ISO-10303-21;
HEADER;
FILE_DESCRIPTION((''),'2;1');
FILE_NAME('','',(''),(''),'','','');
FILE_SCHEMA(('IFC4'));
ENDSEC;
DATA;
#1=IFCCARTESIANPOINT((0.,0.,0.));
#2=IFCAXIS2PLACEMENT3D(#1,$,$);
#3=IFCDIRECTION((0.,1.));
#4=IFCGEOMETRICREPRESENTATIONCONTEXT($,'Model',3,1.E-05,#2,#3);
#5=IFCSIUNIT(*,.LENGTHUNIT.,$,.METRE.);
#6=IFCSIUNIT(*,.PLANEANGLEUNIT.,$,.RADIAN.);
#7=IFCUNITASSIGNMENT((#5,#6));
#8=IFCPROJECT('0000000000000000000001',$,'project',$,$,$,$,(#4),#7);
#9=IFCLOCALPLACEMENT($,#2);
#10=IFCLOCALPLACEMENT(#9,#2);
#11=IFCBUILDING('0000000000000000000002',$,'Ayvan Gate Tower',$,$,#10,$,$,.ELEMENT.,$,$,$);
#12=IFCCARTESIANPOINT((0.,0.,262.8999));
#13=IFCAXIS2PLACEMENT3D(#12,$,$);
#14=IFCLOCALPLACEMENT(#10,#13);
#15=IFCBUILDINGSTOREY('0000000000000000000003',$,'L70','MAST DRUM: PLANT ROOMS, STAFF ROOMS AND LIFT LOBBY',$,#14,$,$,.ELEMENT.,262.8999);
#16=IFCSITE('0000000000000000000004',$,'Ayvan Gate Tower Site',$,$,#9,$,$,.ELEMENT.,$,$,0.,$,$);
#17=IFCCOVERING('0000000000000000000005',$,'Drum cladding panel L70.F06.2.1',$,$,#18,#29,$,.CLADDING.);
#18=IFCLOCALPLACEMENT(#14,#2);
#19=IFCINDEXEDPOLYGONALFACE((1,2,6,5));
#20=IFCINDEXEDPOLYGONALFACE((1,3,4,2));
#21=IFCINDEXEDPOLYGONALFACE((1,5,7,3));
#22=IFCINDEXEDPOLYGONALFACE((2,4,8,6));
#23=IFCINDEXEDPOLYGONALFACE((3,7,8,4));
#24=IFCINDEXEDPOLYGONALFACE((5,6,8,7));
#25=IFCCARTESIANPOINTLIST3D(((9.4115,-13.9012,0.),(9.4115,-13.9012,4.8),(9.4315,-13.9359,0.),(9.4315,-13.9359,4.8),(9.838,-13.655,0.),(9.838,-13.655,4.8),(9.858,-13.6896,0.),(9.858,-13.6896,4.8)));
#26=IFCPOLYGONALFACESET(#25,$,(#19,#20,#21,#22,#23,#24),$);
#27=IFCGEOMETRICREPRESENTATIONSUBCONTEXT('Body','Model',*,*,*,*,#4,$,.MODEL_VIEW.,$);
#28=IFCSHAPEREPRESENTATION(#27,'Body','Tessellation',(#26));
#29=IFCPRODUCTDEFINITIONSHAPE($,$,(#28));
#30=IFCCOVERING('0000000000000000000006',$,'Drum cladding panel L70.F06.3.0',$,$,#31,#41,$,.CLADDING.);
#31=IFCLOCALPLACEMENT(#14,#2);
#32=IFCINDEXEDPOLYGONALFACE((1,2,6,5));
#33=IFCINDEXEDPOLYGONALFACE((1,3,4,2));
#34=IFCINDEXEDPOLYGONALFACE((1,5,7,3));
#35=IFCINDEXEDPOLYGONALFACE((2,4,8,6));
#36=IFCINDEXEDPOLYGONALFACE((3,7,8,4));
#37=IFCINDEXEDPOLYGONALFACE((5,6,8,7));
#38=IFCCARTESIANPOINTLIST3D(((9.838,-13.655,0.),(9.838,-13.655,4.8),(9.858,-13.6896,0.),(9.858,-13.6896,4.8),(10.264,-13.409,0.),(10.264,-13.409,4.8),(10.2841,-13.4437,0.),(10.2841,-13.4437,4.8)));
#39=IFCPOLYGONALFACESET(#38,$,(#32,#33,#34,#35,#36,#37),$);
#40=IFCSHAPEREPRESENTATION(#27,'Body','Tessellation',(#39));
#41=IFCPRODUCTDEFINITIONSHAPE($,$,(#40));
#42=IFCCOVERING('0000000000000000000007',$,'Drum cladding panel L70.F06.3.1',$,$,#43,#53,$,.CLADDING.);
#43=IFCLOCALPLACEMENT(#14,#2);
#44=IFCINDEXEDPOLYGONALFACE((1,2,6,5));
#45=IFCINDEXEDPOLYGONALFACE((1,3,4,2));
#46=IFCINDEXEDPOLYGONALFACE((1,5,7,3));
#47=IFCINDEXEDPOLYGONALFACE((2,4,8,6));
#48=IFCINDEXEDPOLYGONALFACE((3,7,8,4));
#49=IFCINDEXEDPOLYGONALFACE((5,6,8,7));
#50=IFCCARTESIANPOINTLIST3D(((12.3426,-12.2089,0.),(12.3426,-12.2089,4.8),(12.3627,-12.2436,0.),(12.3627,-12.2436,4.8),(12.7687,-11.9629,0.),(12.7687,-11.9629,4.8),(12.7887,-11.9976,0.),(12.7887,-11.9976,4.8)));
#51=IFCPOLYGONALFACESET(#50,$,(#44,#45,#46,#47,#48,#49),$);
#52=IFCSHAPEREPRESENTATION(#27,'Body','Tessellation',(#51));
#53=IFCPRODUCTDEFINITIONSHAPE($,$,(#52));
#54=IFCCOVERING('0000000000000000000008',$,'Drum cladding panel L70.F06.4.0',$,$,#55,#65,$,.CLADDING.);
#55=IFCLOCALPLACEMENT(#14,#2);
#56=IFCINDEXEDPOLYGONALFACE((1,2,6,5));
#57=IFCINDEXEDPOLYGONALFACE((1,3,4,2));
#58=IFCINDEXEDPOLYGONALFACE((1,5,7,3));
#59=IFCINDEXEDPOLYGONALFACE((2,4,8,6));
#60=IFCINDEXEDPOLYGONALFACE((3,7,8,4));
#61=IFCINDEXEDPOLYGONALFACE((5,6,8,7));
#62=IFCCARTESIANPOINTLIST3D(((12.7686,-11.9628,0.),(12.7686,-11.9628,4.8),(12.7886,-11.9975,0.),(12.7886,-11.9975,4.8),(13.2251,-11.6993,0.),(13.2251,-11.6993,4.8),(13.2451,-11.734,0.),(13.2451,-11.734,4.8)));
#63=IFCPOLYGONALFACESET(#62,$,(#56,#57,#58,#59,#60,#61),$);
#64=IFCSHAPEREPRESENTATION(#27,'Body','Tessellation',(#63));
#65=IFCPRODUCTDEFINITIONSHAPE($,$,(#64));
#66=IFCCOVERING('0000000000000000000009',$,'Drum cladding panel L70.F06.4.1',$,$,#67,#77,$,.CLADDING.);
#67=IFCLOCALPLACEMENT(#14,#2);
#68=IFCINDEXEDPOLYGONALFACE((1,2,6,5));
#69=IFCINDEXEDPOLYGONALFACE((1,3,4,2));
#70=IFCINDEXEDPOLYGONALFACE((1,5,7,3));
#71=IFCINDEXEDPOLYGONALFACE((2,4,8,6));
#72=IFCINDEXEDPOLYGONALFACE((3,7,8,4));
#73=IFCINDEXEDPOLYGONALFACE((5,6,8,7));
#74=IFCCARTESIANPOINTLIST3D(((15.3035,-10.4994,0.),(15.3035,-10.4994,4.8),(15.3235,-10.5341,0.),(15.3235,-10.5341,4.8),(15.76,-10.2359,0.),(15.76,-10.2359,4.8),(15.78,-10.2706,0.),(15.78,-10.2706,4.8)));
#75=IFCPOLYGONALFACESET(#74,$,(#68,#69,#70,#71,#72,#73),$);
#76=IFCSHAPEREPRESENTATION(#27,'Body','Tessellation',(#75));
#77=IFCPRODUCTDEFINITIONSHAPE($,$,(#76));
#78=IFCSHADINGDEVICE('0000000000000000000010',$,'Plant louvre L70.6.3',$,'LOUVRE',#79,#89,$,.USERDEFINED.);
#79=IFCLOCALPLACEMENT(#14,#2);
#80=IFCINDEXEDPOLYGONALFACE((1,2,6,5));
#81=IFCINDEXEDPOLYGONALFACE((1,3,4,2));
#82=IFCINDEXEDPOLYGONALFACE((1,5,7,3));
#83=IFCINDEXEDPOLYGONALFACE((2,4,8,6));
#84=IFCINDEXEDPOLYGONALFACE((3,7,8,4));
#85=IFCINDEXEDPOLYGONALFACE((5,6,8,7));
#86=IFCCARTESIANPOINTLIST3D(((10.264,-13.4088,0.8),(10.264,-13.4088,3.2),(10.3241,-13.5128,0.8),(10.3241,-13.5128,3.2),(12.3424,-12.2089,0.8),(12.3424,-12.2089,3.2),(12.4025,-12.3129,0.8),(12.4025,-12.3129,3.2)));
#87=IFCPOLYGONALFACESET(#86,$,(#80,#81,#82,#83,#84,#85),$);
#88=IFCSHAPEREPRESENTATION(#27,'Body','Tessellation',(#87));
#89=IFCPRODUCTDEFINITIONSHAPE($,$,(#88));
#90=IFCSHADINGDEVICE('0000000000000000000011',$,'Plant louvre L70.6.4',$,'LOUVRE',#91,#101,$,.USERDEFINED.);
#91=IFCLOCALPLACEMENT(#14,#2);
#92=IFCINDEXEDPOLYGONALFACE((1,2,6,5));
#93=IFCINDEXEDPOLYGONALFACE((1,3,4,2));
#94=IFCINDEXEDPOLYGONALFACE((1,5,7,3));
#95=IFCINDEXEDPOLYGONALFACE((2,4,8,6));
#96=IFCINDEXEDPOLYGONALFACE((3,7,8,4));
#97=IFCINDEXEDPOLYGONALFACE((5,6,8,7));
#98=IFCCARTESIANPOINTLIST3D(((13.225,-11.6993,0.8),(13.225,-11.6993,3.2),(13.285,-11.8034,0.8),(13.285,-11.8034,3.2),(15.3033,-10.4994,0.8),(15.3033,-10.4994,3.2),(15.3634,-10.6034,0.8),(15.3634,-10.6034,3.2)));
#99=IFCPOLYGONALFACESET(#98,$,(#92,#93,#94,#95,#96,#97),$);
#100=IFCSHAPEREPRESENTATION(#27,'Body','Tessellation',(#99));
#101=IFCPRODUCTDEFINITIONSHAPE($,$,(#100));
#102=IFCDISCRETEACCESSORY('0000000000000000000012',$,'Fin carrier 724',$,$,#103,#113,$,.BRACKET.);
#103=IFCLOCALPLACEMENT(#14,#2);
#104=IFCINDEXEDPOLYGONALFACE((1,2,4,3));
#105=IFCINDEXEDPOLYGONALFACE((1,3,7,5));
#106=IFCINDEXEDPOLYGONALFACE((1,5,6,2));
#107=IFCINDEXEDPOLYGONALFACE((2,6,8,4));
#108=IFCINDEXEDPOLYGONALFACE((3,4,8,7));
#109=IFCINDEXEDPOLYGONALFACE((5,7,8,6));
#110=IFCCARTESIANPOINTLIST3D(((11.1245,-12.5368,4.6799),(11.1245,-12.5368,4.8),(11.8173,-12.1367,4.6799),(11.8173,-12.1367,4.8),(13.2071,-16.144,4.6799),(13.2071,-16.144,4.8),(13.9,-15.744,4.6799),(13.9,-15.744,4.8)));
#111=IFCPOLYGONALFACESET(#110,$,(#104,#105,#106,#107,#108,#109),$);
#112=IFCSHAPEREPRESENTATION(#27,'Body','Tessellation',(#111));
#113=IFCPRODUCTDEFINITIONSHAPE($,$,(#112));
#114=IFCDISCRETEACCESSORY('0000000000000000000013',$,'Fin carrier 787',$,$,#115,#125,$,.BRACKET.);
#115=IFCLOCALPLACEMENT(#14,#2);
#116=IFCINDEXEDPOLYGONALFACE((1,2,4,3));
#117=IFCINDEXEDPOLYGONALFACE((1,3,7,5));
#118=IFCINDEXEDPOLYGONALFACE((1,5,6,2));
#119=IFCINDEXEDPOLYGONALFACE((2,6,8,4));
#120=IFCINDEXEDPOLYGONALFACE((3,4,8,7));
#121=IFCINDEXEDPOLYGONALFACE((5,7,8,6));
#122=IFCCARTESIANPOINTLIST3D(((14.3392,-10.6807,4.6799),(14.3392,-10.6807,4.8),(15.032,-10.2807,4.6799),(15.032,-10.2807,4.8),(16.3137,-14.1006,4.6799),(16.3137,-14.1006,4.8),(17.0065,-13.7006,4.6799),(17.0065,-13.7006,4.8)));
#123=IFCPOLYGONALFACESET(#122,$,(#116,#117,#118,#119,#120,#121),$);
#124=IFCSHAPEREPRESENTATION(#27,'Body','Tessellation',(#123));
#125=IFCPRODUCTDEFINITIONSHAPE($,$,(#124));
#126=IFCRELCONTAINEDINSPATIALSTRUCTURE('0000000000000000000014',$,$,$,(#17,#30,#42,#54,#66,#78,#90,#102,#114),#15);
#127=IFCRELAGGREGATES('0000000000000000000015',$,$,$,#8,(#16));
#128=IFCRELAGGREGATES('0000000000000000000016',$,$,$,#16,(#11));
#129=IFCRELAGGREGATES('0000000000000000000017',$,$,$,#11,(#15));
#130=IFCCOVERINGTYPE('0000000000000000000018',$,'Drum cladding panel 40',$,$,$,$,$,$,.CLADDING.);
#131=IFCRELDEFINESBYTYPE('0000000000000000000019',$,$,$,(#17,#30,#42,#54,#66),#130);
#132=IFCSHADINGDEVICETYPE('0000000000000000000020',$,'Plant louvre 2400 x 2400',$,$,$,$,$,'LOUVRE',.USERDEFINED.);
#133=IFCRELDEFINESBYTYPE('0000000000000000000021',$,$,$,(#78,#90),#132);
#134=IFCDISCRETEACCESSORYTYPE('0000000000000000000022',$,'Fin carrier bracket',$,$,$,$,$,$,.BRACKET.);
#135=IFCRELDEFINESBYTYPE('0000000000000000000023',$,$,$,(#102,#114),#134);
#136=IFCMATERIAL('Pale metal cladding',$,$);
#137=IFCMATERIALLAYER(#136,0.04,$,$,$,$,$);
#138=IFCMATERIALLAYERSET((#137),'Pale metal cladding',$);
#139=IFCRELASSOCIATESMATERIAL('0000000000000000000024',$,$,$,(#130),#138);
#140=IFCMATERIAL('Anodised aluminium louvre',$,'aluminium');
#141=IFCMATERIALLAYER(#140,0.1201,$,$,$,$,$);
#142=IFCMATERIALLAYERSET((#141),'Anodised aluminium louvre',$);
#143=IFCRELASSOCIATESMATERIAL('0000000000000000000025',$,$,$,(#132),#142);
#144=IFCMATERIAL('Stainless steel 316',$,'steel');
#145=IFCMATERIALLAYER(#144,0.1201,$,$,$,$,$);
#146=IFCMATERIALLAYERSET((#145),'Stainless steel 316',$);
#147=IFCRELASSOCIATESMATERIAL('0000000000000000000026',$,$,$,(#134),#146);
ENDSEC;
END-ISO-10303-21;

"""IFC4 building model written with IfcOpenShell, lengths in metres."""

from ifc_helpers import new_model, si_unit, direction, frame, origin, origin_2d, place, context, subcontext, project, spatial, rectangle, extrude, material, layer, layer_set, type_object, element, save


model = new_model("IFC4")

# Units and contexts
model_context = context("Model", 3, precision=1e-05, world=origin(), true_north=direction((0.0, 1.0)))
body_context = subcontext(model_context, "Body", "Model", "MODEL_VIEW")
ifc_project = project(units=[si_unit("LENGTHUNIT", "METRE"), si_unit("PLANEANGLEUNIT", "RADIAN")], contexts=[model_context])

# Site, building, storey
site_placement = place(None, origin())
site = spatial("IfcSite", under=ifc_project, at=site_placement, Name="Ayvan Gate Tower Site", CompositionType="ELEMENT", RefElevation=0.0)
building_placement = place(site_placement, origin())
building = spatial("IfcBuilding", under=site, at=building_placement, Name="Ayvan Gate Tower", CompositionType="ELEMENT")
storey_placement = place(building_placement, frame((0.0, 0.0, 262.8999)))
storey = spatial("IfcBuildingStorey", under=building, at=storey_placement, Name="L70", Description="MAST DRUM: PLANT ROOMS, STAFF ROOMS AND LIFT LOBBY", CompositionType="ELEMENT", Elevation=262.8999)

# Shared definitions
ifc_material_1 = material(Name="Anodised aluminium louvre", Category="aluminium")

# Coverings
ifc_material_2 = material(Name="Pale metal cladding")
ifc_layer_1 = layer(ifc_material_2, 0.04)
ifc_layer_set_1 = layer_set([ifc_layer_1], Name="Pale metal cladding")
covering_type = type_object("IfcCoveringType", Name="Drum cladding panel 40", PredefinedType="CLADDING", material=ifc_layer_set_1)
covering_placement = place(storey_placement, frame((9.6348, -13.7954, 0.0), z_axis=(0.0, 0.0, 1.0), x_axis=(0.866025, 0.5, 0.0)))
element("IfcCovering", 1, at=covering_placement, inside=storey, type_object=covering_type, Name="Drum cladding panel L70.F06.2.1", PredefinedType="CLADDING", context=body_context, shape_type="SweptSolid", body=[
    extrude(rectangle(XDim=0.4924, YDim=0.04, at=origin_2d()), origin(), (0.0, 0.0, 1.0), 4.8),
])
for number, where, z_axis, x_axis, name in (
    (2, (10.061, -13.5493, 0.0), (0.0, 0.0, 1.0), (0.866025, 0.5, 0.0), "Drum cladding panel L70.F06.3.0"),
    (3, (12.5657, -12.1033, 0.0), (0.0, 0.0, 1.0), (0.866025, 0.5, 0.0), "Drum cladding panel L70.F06.3.1"),
):
    element("IfcCovering", number, at=place(storey_placement, frame(where, z_axis=z_axis, x_axis=x_axis)), inside=storey, type_object=covering_type, Name=name, PredefinedType="CLADDING", context=body_context, shape_type="SweptSolid", body=[
        extrude(rectangle(XDim=0.4919, YDim=0.04, at=origin_2d()), origin(), (0.0, 0.0, 1.0), 4.8),
    ])
for number, where, z_axis, x_axis, name in (
    (4, (13.0068, -11.8484, 0.0), (0.0, 0.0, 1.0), (0.866025, 0.5, 0.0), "Drum cladding panel L70.F06.4.0"),
    (5, (15.5417, -10.385, 0.0), (0.0, 0.0, 1.0), (0.866025, 0.5, 0.0), "Drum cladding panel L70.F06.4.1"),
):
    element("IfcCovering", number, at=place(storey_placement, frame(where, z_axis=z_axis, x_axis=x_axis)), inside=storey, type_object=covering_type, Name=name, PredefinedType="CLADDING", context=body_context, shape_type="SweptSolid", body=[
        extrude(rectangle(XDim=0.5271, YDim=0.04, at=origin_2d()), origin(), (0.0, 0.0, 1.0), 4.8),
    ])

# Shading devices
ifc_layer_2 = layer(ifc_material_1, 0.1201)
ifc_layer_set_2 = layer_set([ifc_layer_2], Name="Anodised aluminium louvre")
shading_device_type_1 = type_object("IfcShadingDeviceType", Name="Plant louvre 2400 x 2400", ElementType="LOUVRE", PredefinedType="USERDEFINED", material=ifc_layer_set_2)
for number, where, z_axis, x_axis, name in (
    (6, (11.3333, -12.8608, 0.8), (0.0, 0.0, 1.0), (0.866025, 0.5, 0.0), "Plant louvre L70.6.3"),
    (7, (14.2942, -11.1514, 0.8), (0.0, 0.0, 1.0), (0.866025, 0.5, 0.0), "Plant louvre L70.6.4"),
):
    element("IfcShadingDevice", number, at=place(storey_placement, frame(where, z_axis=z_axis, x_axis=x_axis)), inside=storey, type_object=shading_device_type_1, Name=name, ObjectType="LOUVRE", PredefinedType="USERDEFINED", context=body_context, shape_type="SweptSolid", body=[
        extrude(rectangle(XDim=2.3999, YDim=0.1201, at=origin_2d()), origin(), (0.0, 0.0, 1.0), 2.3999),
    ])

# Discrete accessories
ifc_material_3 = material(Name="Stainless steel 316", Category="steel")
ifc_layer_3 = layer(ifc_material_3, 0.1201)
ifc_layer_set_3 = layer_set([ifc_layer_3], Name="Stainless steel 316")
discrete_accessory_type = type_object("IfcDiscreteAccessoryType", Name="Fin carrier bracket", PredefinedType="BRACKET", material=ifc_layer_set_3)
discrete_accessory_1_placement = place(storey_placement, frame((12.5122, -14.1404, 4.6799), z_axis=(0.0, 0.0, 1.0), x_axis=(0.866025, 0.5, 0.0)))
element("IfcDiscreteAccessory", 8, at=discrete_accessory_1_placement, inside=storey, type_object=discrete_accessory_type, Name="Fin carrier 724", PredefinedType="BRACKET", context=body_context, shape_type="SweptSolid", body=[
    extrude(rectangle(XDim=0.8, YDim=4.1653, at=origin_2d()), origin(), (0.0, 0.0, 1.0), 0.1201),
])
discrete_accessory_2_placement = place(storey_placement, frame((15.6729, -12.1907, 4.6799), z_axis=(0.0, 0.0, 1.0), x_axis=(0.866025, 0.5, 0.0)))
element("IfcDiscreteAccessory", 9, at=discrete_accessory_2_placement, inside=storey, type_object=discrete_accessory_type, Name="Fin carrier 787", PredefinedType="BRACKET", context=body_context, shape_type="SweptSolid", body=[
    extrude(rectangle(XDim=0.8, YDim=3.949, at=origin_2d()), origin(), (0.0, 0.0, 1.0), 0.1201),
])

save(model, "model.ifc")
